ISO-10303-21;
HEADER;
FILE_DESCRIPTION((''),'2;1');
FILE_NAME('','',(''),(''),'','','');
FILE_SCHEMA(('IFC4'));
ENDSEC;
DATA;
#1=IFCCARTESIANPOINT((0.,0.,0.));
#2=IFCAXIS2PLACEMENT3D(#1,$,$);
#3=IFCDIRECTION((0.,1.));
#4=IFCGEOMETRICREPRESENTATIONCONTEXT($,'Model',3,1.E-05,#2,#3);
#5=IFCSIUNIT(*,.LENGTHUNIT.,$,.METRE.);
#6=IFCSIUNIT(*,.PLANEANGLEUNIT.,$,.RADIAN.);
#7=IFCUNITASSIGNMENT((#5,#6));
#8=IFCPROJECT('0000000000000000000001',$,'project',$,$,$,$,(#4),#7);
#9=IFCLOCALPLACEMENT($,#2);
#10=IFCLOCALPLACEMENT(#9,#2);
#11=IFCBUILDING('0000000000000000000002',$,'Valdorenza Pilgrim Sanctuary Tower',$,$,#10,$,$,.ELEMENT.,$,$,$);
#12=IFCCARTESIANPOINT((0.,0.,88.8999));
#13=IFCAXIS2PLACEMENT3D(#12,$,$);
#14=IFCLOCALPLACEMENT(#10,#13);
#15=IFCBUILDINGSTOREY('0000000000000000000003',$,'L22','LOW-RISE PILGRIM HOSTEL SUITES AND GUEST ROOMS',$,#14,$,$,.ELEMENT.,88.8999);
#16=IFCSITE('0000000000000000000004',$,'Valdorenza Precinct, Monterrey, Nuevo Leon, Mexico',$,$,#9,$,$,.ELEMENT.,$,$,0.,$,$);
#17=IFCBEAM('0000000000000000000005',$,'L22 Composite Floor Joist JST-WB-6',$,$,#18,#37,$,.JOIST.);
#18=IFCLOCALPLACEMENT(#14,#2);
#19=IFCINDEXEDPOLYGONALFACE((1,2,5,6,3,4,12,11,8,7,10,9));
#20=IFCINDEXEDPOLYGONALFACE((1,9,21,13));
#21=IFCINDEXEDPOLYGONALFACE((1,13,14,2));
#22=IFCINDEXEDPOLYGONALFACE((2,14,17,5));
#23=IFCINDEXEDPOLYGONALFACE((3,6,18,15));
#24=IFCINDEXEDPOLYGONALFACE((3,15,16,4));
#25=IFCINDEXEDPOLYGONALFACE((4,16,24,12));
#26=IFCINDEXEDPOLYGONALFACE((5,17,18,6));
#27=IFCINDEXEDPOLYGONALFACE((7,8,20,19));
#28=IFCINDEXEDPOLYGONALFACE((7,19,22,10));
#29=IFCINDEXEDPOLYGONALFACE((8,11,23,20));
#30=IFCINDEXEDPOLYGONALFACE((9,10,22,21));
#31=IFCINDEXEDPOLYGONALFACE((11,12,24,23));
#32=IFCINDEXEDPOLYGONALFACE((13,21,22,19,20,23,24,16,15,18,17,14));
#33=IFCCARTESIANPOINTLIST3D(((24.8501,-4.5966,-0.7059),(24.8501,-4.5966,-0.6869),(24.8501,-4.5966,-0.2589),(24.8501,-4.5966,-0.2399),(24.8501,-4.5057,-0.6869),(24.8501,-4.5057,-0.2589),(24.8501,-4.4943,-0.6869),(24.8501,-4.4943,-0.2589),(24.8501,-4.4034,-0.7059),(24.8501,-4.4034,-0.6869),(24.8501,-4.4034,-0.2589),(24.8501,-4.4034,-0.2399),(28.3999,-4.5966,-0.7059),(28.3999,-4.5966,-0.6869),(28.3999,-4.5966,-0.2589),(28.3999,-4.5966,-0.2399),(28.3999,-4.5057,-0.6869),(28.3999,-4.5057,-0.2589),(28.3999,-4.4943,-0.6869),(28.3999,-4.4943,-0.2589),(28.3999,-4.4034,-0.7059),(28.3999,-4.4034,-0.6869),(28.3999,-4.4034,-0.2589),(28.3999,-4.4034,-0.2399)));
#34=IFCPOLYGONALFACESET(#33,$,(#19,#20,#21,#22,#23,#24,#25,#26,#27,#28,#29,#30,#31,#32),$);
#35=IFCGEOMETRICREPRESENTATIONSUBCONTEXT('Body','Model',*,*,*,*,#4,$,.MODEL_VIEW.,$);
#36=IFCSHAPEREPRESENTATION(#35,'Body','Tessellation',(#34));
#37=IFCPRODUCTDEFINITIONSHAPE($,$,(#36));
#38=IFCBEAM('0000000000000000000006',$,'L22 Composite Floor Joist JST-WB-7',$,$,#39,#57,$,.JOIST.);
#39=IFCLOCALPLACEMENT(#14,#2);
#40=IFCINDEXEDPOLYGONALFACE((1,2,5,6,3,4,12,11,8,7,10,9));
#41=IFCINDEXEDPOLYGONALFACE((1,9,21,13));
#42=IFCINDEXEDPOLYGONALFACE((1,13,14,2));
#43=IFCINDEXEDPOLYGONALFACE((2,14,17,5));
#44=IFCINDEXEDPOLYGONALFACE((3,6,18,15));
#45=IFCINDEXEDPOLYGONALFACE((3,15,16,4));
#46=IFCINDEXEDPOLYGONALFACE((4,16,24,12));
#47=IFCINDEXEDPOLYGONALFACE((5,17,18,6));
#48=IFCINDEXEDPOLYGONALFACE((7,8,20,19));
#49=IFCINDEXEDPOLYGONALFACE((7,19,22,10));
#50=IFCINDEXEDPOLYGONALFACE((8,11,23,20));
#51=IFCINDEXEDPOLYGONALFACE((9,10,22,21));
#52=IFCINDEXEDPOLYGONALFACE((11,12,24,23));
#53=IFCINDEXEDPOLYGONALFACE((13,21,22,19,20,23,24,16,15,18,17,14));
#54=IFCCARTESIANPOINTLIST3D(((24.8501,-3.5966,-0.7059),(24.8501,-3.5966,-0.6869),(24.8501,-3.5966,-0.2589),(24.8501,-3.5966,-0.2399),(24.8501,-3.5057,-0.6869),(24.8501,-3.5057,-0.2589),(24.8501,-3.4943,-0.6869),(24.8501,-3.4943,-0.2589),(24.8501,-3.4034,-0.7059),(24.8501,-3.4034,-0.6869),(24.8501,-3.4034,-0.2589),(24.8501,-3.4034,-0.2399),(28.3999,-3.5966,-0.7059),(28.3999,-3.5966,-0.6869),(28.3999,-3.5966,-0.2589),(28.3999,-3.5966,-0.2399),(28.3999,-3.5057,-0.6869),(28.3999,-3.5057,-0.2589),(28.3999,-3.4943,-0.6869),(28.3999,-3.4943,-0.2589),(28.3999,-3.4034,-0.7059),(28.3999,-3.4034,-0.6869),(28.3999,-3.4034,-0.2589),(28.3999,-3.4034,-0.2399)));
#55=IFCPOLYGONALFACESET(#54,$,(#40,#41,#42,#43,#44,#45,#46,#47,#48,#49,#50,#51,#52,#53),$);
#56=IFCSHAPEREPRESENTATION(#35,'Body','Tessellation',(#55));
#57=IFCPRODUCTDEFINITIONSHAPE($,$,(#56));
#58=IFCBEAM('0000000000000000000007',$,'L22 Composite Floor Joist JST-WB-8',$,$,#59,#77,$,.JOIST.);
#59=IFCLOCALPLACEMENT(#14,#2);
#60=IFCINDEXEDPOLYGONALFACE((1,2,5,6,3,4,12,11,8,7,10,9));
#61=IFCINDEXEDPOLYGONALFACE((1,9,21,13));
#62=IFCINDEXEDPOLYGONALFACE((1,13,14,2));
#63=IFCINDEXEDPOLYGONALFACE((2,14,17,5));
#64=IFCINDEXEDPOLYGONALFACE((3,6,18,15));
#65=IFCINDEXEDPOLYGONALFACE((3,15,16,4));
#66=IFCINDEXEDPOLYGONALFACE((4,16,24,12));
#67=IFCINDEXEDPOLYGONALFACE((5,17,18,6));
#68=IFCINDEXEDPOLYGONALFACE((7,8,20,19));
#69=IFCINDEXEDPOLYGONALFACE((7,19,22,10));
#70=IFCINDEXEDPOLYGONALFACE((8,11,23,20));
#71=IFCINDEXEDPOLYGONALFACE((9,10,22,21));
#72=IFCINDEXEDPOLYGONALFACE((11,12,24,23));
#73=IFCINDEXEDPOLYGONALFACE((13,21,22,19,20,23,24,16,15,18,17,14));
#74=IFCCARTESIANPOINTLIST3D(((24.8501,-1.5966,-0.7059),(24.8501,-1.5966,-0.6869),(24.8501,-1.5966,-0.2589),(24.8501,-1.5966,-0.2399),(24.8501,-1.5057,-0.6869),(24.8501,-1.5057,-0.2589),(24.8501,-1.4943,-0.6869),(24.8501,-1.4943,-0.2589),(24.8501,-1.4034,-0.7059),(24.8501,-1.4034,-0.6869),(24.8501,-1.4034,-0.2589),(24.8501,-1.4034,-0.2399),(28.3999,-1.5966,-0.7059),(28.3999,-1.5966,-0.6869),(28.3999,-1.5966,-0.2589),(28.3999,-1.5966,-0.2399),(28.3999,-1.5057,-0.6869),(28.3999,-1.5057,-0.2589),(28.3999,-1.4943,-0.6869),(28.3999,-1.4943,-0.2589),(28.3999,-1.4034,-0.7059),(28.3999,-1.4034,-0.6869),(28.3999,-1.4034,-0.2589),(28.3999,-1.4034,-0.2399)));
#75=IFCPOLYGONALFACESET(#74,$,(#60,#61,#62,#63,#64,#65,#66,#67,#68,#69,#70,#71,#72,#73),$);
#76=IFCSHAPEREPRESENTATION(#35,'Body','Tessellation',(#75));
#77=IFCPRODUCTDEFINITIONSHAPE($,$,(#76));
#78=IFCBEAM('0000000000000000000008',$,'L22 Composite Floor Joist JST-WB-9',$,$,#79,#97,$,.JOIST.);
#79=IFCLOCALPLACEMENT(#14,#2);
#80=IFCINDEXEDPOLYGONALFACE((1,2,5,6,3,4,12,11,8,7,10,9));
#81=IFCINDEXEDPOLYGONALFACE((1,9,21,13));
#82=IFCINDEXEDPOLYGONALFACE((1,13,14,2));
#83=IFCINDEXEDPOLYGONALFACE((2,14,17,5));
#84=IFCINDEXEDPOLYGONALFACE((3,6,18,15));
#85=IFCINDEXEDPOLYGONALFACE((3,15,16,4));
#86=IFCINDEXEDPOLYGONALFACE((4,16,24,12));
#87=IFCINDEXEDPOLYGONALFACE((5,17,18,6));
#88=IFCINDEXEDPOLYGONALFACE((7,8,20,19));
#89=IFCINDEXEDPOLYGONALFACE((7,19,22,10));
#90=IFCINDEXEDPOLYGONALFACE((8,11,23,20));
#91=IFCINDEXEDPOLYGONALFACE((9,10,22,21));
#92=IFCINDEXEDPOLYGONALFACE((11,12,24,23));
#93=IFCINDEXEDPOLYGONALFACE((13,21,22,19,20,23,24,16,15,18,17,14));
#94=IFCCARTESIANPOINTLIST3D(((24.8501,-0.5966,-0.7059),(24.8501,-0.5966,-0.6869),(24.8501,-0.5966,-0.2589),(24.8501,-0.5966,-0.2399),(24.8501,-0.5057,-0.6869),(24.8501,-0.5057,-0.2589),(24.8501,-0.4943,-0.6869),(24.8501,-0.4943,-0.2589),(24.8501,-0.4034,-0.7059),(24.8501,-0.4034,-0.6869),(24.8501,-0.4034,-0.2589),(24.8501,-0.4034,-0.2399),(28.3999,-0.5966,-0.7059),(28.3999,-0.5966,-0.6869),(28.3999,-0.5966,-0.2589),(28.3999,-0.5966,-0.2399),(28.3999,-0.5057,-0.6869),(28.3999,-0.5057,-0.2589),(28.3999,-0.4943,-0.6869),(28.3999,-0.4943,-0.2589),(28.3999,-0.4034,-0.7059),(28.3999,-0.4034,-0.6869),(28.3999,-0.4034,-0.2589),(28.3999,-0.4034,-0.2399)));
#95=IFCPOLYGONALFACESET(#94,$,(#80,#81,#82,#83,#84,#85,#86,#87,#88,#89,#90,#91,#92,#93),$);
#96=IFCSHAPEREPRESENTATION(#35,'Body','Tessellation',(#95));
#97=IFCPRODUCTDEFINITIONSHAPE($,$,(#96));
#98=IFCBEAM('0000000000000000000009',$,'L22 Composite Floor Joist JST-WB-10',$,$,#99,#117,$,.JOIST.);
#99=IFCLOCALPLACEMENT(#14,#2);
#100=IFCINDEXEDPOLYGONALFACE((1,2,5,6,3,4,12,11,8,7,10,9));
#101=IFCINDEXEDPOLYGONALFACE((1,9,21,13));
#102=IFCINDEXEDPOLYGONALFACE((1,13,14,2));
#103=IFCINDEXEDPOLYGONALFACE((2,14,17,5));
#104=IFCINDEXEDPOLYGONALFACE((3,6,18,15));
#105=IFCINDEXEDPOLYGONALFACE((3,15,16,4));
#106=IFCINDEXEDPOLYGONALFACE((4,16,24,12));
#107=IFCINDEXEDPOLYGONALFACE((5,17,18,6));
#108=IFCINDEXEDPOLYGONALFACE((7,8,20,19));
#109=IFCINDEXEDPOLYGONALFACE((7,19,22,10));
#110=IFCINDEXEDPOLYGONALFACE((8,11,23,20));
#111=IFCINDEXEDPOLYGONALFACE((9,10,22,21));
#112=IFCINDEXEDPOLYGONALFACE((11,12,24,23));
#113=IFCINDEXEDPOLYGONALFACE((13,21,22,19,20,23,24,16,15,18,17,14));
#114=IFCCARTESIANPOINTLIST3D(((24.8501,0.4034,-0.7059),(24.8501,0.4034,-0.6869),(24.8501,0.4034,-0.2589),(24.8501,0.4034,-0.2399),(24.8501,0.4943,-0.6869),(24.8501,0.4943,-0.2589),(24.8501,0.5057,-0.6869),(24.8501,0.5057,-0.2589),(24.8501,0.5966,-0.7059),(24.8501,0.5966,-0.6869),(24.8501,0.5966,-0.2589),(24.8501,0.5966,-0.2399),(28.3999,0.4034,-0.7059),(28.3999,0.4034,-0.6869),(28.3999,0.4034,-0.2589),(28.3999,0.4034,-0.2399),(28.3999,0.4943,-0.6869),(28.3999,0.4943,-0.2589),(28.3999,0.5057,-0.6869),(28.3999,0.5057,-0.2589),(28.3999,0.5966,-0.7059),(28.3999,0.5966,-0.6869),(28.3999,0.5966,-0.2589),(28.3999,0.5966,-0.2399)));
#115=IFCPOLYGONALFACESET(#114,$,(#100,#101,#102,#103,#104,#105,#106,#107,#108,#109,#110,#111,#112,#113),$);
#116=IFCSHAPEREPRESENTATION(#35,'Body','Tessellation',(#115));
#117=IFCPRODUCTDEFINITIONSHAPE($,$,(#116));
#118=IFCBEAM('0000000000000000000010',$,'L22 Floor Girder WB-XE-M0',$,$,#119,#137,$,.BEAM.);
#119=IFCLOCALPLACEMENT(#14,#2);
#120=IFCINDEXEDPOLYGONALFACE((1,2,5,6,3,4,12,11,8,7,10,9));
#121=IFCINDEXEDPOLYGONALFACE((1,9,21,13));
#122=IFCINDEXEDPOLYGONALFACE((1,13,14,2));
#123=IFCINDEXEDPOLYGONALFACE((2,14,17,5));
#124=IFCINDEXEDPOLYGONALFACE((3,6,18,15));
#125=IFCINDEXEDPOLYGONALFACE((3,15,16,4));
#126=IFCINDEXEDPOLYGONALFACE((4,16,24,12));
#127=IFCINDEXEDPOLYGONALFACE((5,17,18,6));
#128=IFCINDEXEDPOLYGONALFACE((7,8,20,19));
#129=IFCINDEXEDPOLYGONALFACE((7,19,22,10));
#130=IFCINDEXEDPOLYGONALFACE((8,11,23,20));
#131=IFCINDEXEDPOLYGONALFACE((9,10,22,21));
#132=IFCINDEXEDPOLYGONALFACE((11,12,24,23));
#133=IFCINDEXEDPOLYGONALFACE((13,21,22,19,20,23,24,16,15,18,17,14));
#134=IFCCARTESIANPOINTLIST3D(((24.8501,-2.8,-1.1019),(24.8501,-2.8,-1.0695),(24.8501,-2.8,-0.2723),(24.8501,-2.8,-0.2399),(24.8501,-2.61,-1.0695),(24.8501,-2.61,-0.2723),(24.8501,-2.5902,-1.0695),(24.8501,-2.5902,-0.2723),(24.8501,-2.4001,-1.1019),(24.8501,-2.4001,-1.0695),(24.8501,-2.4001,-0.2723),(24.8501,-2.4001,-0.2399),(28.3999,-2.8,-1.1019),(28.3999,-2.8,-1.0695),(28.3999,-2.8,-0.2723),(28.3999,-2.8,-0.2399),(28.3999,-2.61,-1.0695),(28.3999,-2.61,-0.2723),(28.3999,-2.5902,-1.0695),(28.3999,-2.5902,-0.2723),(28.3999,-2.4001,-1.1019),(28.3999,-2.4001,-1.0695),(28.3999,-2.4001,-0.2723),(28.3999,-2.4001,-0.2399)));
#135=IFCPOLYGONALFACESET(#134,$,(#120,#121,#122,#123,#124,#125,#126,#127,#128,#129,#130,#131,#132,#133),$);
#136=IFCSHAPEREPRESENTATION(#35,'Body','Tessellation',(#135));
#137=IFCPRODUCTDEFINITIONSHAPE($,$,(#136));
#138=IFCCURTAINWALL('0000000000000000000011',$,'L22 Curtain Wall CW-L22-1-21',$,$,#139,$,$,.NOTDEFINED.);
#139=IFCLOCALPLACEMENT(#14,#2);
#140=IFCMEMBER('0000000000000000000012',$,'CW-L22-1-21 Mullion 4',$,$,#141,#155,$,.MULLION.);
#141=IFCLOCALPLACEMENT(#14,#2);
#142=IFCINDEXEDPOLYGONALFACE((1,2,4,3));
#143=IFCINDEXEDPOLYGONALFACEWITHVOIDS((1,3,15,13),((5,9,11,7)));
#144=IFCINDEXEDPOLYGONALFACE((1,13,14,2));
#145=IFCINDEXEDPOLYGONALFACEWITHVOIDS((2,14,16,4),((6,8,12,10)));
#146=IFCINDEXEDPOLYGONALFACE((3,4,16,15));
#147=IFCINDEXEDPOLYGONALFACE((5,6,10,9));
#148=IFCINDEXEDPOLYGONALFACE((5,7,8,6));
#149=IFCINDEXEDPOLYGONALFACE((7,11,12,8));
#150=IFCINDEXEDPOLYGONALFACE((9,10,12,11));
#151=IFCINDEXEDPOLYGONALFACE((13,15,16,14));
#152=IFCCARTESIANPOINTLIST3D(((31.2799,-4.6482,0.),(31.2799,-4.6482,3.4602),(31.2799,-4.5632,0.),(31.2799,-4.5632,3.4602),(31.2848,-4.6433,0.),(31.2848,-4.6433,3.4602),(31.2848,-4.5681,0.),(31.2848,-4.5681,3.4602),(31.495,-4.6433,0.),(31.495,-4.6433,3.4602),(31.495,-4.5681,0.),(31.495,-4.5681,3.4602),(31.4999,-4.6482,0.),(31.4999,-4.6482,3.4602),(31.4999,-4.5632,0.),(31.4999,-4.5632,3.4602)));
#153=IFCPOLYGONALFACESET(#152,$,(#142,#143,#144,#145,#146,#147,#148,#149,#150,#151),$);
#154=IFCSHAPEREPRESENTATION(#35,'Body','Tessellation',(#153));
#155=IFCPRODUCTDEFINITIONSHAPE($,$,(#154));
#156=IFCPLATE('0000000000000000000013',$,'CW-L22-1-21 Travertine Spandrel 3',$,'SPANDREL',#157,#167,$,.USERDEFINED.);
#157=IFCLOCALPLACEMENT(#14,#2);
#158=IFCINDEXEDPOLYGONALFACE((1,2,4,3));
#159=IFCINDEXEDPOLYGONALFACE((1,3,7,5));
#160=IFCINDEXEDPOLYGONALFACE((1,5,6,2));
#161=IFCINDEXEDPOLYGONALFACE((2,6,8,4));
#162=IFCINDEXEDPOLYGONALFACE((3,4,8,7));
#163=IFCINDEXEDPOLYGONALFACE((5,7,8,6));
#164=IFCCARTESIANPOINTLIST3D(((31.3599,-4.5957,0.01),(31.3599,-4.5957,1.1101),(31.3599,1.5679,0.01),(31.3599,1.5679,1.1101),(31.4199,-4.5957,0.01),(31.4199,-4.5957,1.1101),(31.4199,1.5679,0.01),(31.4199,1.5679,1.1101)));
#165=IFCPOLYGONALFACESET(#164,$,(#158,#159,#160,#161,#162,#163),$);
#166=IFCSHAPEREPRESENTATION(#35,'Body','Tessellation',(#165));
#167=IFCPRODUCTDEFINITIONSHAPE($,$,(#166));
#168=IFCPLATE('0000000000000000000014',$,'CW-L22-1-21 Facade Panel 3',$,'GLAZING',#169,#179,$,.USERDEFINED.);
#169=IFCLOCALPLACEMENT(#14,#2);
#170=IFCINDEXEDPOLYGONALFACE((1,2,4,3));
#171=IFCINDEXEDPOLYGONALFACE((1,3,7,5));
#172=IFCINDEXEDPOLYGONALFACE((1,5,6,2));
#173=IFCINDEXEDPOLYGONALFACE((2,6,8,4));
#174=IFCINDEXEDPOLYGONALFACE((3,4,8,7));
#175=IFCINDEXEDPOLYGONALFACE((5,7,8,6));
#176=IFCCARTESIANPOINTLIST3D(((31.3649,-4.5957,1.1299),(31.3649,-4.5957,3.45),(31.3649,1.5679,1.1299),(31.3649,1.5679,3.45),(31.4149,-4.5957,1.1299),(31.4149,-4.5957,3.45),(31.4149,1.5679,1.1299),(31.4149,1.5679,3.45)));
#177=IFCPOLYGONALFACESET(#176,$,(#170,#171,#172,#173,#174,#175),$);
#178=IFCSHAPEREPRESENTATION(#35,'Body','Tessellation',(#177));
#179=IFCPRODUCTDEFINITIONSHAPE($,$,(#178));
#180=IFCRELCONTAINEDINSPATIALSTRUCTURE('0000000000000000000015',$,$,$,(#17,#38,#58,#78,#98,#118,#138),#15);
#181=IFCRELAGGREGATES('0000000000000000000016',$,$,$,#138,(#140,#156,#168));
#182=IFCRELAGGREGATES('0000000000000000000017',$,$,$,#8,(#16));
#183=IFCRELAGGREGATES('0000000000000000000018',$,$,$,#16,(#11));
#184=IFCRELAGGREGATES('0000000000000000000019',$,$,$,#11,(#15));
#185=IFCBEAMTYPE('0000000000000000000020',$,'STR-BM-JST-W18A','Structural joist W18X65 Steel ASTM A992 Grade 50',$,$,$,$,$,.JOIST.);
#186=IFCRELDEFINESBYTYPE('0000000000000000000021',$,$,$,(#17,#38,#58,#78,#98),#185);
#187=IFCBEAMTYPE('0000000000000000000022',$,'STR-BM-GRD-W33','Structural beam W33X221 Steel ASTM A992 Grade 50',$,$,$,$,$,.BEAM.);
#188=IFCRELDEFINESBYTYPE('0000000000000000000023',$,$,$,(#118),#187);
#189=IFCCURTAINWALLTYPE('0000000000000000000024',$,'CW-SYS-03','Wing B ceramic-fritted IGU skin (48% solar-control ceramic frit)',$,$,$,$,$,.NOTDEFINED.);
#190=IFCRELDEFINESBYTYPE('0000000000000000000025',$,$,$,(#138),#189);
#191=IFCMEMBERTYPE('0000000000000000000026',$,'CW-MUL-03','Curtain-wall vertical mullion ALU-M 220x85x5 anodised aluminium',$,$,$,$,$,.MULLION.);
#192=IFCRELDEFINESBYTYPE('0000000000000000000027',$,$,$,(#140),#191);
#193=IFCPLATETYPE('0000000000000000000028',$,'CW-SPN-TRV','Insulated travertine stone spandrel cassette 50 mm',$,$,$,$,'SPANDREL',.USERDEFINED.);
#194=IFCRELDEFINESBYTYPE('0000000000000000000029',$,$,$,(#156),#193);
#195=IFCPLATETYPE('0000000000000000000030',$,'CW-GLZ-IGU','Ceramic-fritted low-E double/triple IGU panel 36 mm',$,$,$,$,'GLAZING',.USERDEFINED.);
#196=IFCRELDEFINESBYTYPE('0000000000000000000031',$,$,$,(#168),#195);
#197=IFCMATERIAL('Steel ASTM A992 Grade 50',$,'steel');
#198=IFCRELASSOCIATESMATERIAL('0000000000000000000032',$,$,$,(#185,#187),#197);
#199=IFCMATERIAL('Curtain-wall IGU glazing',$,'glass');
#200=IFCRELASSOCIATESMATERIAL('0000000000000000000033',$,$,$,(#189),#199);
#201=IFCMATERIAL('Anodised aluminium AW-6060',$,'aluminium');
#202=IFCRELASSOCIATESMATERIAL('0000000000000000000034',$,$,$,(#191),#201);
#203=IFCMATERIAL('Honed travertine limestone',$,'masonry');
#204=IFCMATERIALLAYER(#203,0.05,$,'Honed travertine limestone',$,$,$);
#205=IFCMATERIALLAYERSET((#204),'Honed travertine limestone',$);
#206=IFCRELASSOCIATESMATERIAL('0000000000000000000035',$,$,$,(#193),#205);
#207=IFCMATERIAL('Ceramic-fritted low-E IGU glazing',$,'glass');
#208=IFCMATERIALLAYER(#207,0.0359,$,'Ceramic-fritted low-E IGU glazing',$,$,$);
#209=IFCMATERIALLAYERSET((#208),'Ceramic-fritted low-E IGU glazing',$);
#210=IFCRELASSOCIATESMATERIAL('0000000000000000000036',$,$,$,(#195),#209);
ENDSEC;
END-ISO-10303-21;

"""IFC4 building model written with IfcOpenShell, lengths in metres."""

from ifc_helpers import new_model, si_unit, direction, frame, origin, origin_2d, place, context, subcontext, project, spatial, rectangle, hollow_rectangle, i_section, extrude, source, transform, mapped, material, layer, layer_set, material_profile, profile_set, type_object, element, aggregate, save


model = new_model("IFC4")

# Units and contexts
model_context = context("Model", 3, precision=1e-05, world=origin(), true_north=direction((0.0, 1.0)))
body_context = subcontext(model_context, "Body", "Model", "MODEL_VIEW")
ifc_project = project(units=[si_unit("LENGTHUNIT", "METRE"), si_unit("PLANEANGLEUNIT", "RADIAN")], contexts=[model_context])

# Site, building, storey
site_placement = place(None, origin())
site = spatial("IfcSite", under=ifc_project, at=site_placement, Name="Valdorenza Precinct, Monterrey, Nuevo Leon, Mexico", CompositionType="ELEMENT", RefElevation=0.0)
building_placement = place(site_placement, origin())
building = spatial("IfcBuilding", under=site, at=building_placement, Name="Valdorenza Pilgrim Sanctuary Tower", CompositionType="ELEMENT")
storey_placement = place(building_placement, frame((0.0, 0.0, 88.8999)))
storey = spatial("IfcBuildingStorey", under=building, at=storey_placement, Name="L22", Description="LOW-RISE PILGRIM HOSTEL SUITES AND GUEST ROOMS", CompositionType="ELEMENT", Elevation=88.8999)

# Beams
ifc_material_1 = material(Name="Steel ASTM A992 Grade 50", Category="steel")
ifc_material_profile_1 = material_profile(ifc_material_1, i_section(OverallWidth=0.1931, OverallDepth=0.4661, WebThickness=0.0115, FlangeThickness=0.019, at=origin_2d()), Name="W18X65")
ifc_profile_set_1 = profile_set([ifc_material_profile_1], Name="Steel ASTM A992 Grade 50")
beam_type_1 = type_object("IfcBeamType", Name="STR-BM-JST-W18A", Description="Structural joist W18X65 Steel ASTM A992 Grade 50", PredefinedType="JOIST", material=ifc_profile_set_1)
shared_shape_1 = source(origin(), body_context, "Body", "SweptSolid", [
    extrude(i_section(OverallWidth=0.1931, OverallDepth=0.4661, WebThickness=0.0115, FlangeThickness=0.019, at=origin_2d()), origin(), (0.0, 0.0, 1.0), 3.5498),
])
for number, where, z_axis, x_axis, name in (
    (1, (24.8501, -4.5, -0.4729), (1.0, 0.0, 0.0), (0.0, 1.0, 0.0), "L22 Composite Floor Joist JST-WB-6"),
    (2, (24.8501, -3.5, -0.4729), (1.0, 0.0, 0.0), (0.0, 1.0, 0.0), "L22 Composite Floor Joist JST-WB-7"),
    (3, (24.8501, -1.5, -0.4729), (1.0, 0.0, 0.0), (0.0, 1.0, 0.0), "L22 Composite Floor Joist JST-WB-8"),
    (4, (24.8501, -0.5, -0.4729), (1.0, 0.0, 0.0), (0.0, 1.0, 0.0), "L22 Composite Floor Joist JST-WB-9"),
    (5, (24.8501, 0.5, -0.4729), (1.0, 0.0, 0.0), (0.0, 1.0, 0.0), "L22 Composite Floor Joist JST-WB-10"),
):
    element("IfcBeam", number, at=place(storey_placement, frame(where, z_axis=z_axis, x_axis=x_axis)), inside=storey, type_object=beam_type_1, Name=name, PredefinedType="JOIST", context=body_context, shape_type="MappedRepresentation", body=[
        mapped(shared_shape_1, transform((0.0, 0.0, 0.0), x_axis=(1.0, 0.0, 0.0), y_axis=(0.0, 1.0, 0.0), z_axis=(0.0, 0.0, 1.0), scale=1.0)),
    ])
ifc_material_profile_2 = material_profile(ifc_material_1, i_section(OverallWidth=0.3999, OverallDepth=0.8621, WebThickness=0.0198, FlangeThickness=0.0325, at=origin_2d()), Name="W33X221")
ifc_profile_set_2 = profile_set([ifc_material_profile_2], Name="Steel ASTM A992 Grade 50")
beam_type_2 = type_object("IfcBeamType", Name="STR-BM-GRD-W33", Description="Structural beam W33X221 Steel ASTM A992 Grade 50", PredefinedType="BEAM", material=ifc_profile_set_2)
shared_shape_2 = source(origin(), body_context, "Body", "SweptSolid", [
    extrude(i_section(OverallWidth=0.3999, OverallDepth=0.8621, WebThickness=0.0198, FlangeThickness=0.0325, at=origin_2d()), origin(), (0.0, 0.0, 1.0), 3.5498),
])
beam_1_placement = place(storey_placement, frame((24.8501, -2.6001, -0.6709), z_axis=(1.0, 0.0, 0.0), x_axis=(0.0, 1.0, 0.0)))
element("IfcBeam", 6, at=beam_1_placement, inside=storey, type_object=beam_type_2, Name="L22 Floor Girder WB-XE-M0", PredefinedType="BEAM", context=body_context, shape_type="MappedRepresentation", body=[
    mapped(shared_shape_2, transform((0.0, 0.0, 0.0), x_axis=(1.0, 0.0, 0.0), y_axis=(0.0, 1.0, 0.0), z_axis=(0.0, 0.0, 1.0), scale=1.0)),
])

# Curtain wall, member, plates
ifc_material_2 = material(Name="Curtain-wall IGU glazing", Category="glass")
curtain_wall_type = type_object("IfcCurtainWallType", Name="CW-SYS-03", Description="Wing B ceramic-fritted IGU skin (48% solar-control ceramic frit)", PredefinedType="NOTDEFINED", material=ifc_material_2)
curtain_wall_placement = place(storey_placement, origin())
curtain_wall = element("IfcCurtainWall", 7, at=curtain_wall_placement, inside=storey, type_object=curtain_wall_type, Name="L22 Curtain Wall CW-L22-1-21", PredefinedType="NOTDEFINED")
ifc_material_3 = material(Name="Anodised aluminium AW-6060", Category="aluminium")
ifc_material_profile_3 = material_profile(ifc_material_3, hollow_rectangle(XDim=0.085, YDim=0.22, WallThickness=0.0049, at=origin_2d()), Name="ALU-M 220x85x5")
ifc_profile_set_3 = profile_set([ifc_material_profile_3], Name="Anodised aluminium AW-6060")
member_type = type_object("IfcMemberType", Name="CW-MUL-03", Description="Curtain-wall vertical mullion ALU-M 220x85x5 anodised aluminium", PredefinedType="MULLION", material=ifc_profile_set_3)
shared_shape_3 = source(origin(), body_context, "Body", "SweptSolid", [
    extrude(hollow_rectangle(XDim=0.085, YDim=0.22, WallThickness=0.0049, at=origin_2d()), origin(), (0.0, 0.0, 1.0), 3.4602),
])
member_placement = place(storey_placement, frame((31.3899, -4.6057, 0.0), z_axis=(0.0, 0.0, 1.0), x_axis=(0.0, -1.0, 0.0)))
member = element("IfcMember", 8, at=member_placement, type_object=member_type, Name="CW-L22-1-21 Mullion 4", PredefinedType="MULLION", context=body_context, shape_type="MappedRepresentation", body=[
    mapped(shared_shape_3, transform((0.0, 0.0, 0.0), x_axis=(1.0, 0.0, 0.0), y_axis=(0.0, 1.0, 0.0), z_axis=(0.0, 0.0, 1.0), scale=1.0)),
])
ifc_material_4 = material(Name="Honed travertine limestone", Category="masonry")
ifc_layer_1 = layer(ifc_material_4, 0.05, Name="Honed travertine limestone")
ifc_layer_set_1 = layer_set([ifc_layer_1], Name="Honed travertine limestone")
plate_type_1 = type_object("IfcPlateType", Name="CW-SPN-TRV", Description="Insulated travertine stone spandrel cassette 50 mm", ElementType="SPANDREL", PredefinedType="USERDEFINED", material=ifc_layer_set_1)
shared_shape_4 = source(origin(), body_context, "Body", "SweptSolid", [
    extrude(rectangle(XDim=6.1636, YDim=0.0601, at=origin_2d()), origin(), (0.0, 0.0, 1.0), 1.1001),
])
plate_1_placement = place(storey_placement, frame((31.3899, -1.5139, 0.01), z_axis=(0.0, 0.0, 1.0), x_axis=(0.0, -1.0, 0.0)))
plate_1 = element("IfcPlate", 9, at=plate_1_placement, type_object=plate_type_1, Name="CW-L22-1-21 Travertine Spandrel 3", ObjectType="SPANDREL", PredefinedType="USERDEFINED", context=body_context, shape_type="MappedRepresentation", body=[
    mapped(shared_shape_4, transform((0.0, 0.0, 0.0), x_axis=(1.0, 0.0, 0.0), y_axis=(0.0, 1.0, 0.0), z_axis=(0.0, 0.0, 1.0), scale=1.0)),
])
ifc_material_5 = material(Name="Ceramic-fritted low-E IGU glazing", Category="glass")
ifc_layer_2 = layer(ifc_material_5, 0.0359, Name="Ceramic-fritted low-E IGU glazing")
ifc_layer_set_2 = layer_set([ifc_layer_2], Name="Ceramic-fritted low-E IGU glazing")
plate_type_2 = type_object("IfcPlateType", Name="CW-GLZ-IGU", Description="Ceramic-fritted low-E double/triple IGU panel 36 mm", ElementType="GLAZING", PredefinedType="USERDEFINED", material=ifc_layer_set_2)
shared_shape_5 = source(origin(), body_context, "Body", "SweptSolid", [
    extrude(rectangle(XDim=6.1636, YDim=0.05, at=origin_2d()), origin(), (0.0, 0.0, 1.0), 2.3201),
])
plate_2_placement = place(storey_placement, frame((31.3899, -1.5139, 1.1299), z_axis=(0.0, 0.0, 1.0), x_axis=(0.0, -1.0, 0.0)))
plate_2 = element("IfcPlate", 10, at=plate_2_placement, type_object=plate_type_2, Name="CW-L22-1-21 Facade Panel 3", ObjectType="GLAZING", PredefinedType="USERDEFINED", context=body_context, shape_type="MappedRepresentation", body=[
    mapped(shared_shape_5, transform((0.0, 0.0, 0.0), x_axis=(1.0, 0.0, 0.0), y_axis=(0.0, 1.0, 0.0), z_axis=(0.0, 0.0, 1.0), scale=1.0)),
])
aggregate(curtain_wall, [member, plate_1, plate_2])

save(model, "model.ifc")
